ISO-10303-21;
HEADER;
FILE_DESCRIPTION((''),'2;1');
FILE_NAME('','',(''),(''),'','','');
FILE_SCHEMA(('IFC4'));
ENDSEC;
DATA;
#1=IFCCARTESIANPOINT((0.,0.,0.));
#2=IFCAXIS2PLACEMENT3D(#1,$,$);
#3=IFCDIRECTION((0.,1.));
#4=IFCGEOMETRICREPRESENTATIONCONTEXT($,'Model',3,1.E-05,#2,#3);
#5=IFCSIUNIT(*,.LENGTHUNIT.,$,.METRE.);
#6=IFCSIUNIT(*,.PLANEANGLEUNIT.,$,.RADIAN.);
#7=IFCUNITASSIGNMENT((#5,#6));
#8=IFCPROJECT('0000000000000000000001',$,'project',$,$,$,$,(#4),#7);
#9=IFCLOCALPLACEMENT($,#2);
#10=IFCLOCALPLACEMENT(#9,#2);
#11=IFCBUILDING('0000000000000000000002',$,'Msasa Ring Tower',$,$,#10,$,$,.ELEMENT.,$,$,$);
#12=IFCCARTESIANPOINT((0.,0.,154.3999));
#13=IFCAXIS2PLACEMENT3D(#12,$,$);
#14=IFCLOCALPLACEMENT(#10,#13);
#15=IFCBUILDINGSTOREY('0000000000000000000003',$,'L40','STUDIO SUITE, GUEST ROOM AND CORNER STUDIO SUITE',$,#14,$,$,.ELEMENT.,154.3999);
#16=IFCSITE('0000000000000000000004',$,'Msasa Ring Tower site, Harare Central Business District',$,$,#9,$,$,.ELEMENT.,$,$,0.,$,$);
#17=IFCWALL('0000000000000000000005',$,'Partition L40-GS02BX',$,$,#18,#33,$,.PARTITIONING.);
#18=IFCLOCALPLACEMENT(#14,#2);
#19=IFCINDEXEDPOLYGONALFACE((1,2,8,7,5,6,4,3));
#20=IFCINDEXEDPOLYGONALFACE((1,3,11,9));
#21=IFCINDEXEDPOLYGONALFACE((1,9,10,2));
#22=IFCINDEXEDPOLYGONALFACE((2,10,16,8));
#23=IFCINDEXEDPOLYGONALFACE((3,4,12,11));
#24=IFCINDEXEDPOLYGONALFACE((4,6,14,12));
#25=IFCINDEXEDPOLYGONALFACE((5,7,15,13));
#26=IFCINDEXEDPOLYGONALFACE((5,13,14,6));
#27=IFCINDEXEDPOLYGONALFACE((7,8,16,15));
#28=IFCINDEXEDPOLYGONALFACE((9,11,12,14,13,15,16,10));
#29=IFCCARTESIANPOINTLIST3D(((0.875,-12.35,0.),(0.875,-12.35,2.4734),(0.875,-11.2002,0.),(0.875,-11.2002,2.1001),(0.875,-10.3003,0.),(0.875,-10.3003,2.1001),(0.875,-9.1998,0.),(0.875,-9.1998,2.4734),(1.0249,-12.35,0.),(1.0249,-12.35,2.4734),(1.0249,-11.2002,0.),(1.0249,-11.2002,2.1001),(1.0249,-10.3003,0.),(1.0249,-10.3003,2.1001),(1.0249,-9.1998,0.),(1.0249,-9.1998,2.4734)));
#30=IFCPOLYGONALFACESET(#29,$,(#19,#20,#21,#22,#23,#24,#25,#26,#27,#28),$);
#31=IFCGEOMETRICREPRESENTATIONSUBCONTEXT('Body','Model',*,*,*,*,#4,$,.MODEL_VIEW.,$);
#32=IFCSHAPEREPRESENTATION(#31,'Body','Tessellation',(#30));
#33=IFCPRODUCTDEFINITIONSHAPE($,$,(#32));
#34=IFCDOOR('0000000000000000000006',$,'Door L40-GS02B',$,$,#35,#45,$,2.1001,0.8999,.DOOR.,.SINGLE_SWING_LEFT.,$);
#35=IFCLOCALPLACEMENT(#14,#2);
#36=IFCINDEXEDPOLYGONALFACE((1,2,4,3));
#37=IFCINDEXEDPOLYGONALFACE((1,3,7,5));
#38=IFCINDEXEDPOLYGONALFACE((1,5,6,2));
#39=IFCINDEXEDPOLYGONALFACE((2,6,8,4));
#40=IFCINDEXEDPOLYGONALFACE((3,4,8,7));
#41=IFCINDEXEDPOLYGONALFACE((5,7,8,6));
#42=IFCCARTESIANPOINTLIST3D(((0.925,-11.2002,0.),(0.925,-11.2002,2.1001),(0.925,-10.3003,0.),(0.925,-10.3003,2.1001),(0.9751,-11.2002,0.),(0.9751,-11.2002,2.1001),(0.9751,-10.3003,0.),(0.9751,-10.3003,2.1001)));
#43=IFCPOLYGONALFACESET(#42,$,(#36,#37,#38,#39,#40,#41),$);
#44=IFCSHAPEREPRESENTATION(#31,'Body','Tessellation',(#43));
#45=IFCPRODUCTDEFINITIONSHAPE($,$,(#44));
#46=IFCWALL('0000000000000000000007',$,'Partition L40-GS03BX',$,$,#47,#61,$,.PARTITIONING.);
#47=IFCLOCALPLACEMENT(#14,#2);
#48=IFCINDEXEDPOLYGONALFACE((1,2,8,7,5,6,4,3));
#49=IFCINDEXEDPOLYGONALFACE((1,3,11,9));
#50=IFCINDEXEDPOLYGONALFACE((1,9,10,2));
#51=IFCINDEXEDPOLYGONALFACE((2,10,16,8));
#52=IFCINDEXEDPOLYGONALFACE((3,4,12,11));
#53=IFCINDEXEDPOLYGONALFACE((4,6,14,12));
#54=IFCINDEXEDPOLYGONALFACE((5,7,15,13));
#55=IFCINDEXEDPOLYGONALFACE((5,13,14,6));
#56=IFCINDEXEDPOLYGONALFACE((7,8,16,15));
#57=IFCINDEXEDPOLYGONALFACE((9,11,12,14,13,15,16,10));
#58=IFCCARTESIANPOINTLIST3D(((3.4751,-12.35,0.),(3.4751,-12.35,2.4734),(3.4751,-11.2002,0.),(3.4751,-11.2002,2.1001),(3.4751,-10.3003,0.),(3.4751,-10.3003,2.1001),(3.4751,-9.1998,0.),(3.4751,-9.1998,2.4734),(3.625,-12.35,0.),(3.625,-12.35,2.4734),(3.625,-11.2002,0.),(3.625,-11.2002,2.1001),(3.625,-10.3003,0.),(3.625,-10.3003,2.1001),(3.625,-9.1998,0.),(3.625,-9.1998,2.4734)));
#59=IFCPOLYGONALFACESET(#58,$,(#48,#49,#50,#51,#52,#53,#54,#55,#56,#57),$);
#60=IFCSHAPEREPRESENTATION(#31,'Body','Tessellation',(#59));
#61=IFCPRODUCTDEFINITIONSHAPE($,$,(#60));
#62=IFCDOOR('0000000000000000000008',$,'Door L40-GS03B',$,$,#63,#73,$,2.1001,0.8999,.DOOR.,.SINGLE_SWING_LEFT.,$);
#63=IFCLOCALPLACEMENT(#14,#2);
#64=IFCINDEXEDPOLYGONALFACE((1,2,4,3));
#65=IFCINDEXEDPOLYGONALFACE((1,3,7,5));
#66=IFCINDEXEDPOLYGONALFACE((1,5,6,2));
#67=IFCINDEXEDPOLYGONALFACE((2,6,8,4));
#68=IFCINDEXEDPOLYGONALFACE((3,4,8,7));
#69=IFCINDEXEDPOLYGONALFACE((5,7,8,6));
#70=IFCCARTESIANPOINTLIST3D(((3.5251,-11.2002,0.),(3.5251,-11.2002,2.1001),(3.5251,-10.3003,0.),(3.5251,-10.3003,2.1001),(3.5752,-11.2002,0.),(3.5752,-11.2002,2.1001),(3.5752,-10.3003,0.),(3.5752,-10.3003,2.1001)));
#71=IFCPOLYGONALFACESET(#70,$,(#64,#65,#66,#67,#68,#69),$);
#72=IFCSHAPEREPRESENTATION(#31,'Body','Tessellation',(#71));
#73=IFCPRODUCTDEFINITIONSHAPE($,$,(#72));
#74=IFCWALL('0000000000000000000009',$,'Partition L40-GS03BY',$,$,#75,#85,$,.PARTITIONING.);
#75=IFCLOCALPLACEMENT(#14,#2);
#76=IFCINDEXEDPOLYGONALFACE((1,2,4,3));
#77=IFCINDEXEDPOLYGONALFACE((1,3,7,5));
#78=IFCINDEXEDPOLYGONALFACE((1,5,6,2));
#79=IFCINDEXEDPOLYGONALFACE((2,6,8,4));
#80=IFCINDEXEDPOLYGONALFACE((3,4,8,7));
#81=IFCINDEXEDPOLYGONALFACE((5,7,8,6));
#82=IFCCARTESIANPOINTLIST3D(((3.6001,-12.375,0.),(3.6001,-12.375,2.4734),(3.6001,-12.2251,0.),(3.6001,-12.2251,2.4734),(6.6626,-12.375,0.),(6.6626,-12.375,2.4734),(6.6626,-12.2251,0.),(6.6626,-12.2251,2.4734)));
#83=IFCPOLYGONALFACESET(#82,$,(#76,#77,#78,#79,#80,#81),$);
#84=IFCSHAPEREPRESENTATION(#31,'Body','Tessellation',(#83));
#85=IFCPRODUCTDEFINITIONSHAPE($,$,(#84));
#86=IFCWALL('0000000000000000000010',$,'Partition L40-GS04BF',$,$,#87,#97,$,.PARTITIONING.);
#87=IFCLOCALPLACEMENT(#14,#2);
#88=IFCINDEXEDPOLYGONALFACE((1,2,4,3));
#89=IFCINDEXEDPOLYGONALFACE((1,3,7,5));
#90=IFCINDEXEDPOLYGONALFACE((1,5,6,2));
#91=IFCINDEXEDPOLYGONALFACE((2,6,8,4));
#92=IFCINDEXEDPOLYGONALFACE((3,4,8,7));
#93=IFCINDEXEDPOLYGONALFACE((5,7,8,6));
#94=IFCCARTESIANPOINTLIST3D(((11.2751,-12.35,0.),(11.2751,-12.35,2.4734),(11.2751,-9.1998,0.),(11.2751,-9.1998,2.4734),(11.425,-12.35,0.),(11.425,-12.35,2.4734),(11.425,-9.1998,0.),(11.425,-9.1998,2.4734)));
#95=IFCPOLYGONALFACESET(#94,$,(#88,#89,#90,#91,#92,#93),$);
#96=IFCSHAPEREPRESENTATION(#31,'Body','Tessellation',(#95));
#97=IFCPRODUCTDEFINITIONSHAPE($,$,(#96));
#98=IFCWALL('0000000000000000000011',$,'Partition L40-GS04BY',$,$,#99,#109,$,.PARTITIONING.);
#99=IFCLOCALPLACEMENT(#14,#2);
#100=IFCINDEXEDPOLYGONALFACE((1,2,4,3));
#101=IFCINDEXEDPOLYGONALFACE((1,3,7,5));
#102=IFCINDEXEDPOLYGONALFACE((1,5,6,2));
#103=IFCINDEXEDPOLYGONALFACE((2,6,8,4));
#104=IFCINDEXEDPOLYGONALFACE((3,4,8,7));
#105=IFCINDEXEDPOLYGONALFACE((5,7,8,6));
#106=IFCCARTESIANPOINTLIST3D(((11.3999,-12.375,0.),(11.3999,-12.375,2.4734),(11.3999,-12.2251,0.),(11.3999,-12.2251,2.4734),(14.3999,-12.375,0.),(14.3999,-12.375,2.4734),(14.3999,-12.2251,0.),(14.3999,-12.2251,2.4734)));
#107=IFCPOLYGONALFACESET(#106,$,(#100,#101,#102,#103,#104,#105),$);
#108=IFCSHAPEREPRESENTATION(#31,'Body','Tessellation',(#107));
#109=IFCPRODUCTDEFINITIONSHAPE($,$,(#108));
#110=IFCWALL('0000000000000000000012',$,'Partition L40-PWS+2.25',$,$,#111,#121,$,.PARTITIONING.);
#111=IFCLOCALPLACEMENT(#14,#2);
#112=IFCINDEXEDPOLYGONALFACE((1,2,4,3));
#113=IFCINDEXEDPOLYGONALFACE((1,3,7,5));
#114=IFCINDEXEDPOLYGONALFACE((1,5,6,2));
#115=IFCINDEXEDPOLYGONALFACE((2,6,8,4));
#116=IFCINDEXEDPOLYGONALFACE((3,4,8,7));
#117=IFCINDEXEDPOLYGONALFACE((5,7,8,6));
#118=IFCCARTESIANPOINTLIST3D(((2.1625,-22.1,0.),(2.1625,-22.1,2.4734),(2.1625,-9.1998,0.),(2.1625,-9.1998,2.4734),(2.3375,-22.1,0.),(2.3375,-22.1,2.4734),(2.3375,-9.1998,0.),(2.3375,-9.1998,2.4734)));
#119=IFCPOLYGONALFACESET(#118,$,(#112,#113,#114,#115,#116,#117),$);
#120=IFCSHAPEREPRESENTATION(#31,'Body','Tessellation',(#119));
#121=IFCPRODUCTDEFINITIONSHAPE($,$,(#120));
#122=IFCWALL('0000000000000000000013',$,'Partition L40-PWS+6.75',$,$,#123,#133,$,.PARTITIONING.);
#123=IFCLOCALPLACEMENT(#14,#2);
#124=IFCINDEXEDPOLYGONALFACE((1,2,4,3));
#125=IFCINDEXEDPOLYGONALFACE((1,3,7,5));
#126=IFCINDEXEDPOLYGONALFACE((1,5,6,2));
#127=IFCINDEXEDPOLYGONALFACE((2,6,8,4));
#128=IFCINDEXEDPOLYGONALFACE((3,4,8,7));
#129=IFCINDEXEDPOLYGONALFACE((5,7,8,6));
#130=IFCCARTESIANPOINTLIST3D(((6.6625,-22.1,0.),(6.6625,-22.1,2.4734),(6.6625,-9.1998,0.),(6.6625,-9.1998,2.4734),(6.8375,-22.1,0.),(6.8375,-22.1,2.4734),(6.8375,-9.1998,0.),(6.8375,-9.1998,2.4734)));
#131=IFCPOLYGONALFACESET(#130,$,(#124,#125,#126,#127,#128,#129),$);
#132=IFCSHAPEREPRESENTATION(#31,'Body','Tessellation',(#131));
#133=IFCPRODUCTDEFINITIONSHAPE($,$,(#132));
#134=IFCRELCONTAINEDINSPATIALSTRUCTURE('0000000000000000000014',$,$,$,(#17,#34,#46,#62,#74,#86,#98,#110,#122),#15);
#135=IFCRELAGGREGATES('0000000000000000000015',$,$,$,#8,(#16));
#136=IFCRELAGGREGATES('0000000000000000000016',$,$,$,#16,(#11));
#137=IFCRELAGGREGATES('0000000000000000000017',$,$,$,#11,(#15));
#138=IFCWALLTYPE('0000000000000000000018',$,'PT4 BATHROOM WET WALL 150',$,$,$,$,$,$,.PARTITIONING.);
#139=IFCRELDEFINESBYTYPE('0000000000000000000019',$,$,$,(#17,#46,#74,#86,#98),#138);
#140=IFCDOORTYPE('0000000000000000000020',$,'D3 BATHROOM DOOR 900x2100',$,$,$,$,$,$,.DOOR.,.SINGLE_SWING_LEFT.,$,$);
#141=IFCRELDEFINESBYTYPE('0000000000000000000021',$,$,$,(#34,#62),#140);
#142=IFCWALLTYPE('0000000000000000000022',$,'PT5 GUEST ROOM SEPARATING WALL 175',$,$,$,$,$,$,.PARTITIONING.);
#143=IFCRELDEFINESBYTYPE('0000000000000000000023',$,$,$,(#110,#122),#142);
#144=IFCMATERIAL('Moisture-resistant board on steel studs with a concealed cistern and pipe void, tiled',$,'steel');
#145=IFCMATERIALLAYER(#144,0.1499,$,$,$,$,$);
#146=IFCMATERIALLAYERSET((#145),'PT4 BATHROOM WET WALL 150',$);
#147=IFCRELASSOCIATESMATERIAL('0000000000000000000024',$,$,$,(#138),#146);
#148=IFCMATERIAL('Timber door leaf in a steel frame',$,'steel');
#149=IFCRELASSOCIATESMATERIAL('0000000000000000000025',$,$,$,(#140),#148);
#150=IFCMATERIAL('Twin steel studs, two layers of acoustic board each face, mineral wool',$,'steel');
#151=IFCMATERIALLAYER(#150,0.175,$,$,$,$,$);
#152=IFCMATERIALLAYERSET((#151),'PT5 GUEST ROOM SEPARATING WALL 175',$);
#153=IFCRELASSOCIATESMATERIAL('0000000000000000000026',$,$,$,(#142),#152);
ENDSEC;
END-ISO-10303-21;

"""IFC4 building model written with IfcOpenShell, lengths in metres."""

from ifc_helpers import new_model, si_unit, direction, frame, frame_2d, origin, place, context, subcontext, project, spatial, rectangle, extrude, material, layer, layer_set, type_object, element, fill, save


model = new_model("IFC4")

# Units and contexts
model_context = context("Model", 3, precision=1e-05, world=origin(), true_north=direction((0.0, 1.0)))
body_context = subcontext(model_context, "Body", "Model", "MODEL_VIEW")
ifc_project = project(units=[si_unit("LENGTHUNIT", "METRE"), si_unit("PLANEANGLEUNIT", "RADIAN")], contexts=[model_context])

# Site, building, storey
site_placement = place(None, origin())
site = spatial("IfcSite", under=ifc_project, at=site_placement, Name="Msasa Ring Tower site, Harare Central Business District", CompositionType="ELEMENT", RefElevation=0.0)
building_placement = place(site_placement, origin())
building = spatial("IfcBuilding", under=site, at=building_placement, Name="Msasa Ring Tower", CompositionType="ELEMENT")
storey_placement = place(building_placement, frame((0.0, 0.0, 154.3999)))
storey = spatial("IfcBuildingStorey", under=building, at=storey_placement, Name="L40", Description="STUDIO SUITE, GUEST ROOM AND CORNER STUDIO SUITE", CompositionType="ELEMENT", Elevation=154.3999)

# Walls, openings, doors
ifc_material_1 = material(Name="Moisture-resistant board on steel studs with a concealed cistern and pipe void, tiled", Category="steel")
ifc_layer_1 = layer(ifc_material_1, 0.1499)
ifc_layer_set_1 = layer_set([ifc_layer_1], Name="PT4 BATHROOM WET WALL 150")
wall_type_1 = type_object("IfcWallType", Name="PT4 BATHROOM WET WALL 150", PredefinedType="PARTITIONING", material=ifc_layer_set_1)
wall_1_placement = place(storey_placement, frame((0.95, -12.3501, 0.0), z_axis=(0.0, 0.0, 1.0), x_axis=(0.0, 1.0, 0.0)))
wall_1 = element("IfcWall", 1, at=wall_1_placement, inside=storey, type_object=wall_type_1, Name="Partition L40-GS02BX", PredefinedType="PARTITIONING", context=body_context, shape_type="SweptSolid", body=[
    extrude(rectangle(XDim=3.1501, YDim=0.1499, at=frame_2d((1.5752, 0.0))), origin(), (0.0, 0.0, 1.0), 2.4734),
])
opening_1_placement = place(wall_1_placement, frame((1.1499, 0.0, 0.0)))
opening_1 = element("IfcOpeningElement", 2, at=opening_1_placement, cuts=wall_1, PredefinedType="OPENING", context=body_context, shape_type="SweptSolid", body=[
    extrude(rectangle(XDim=0.8999, YDim=2.1001, at=frame_2d((0.45, 1.05))), frame((0.0, 0.085, 0.0), z_axis=(0.0, -1.0, 0.0), x_axis=(1.0, 0.0, 0.0)), (0.0, 0.0, 1.0), 0.1699),
])
ifc_material_2 = material(Name="Timber door leaf in a steel frame", Category="steel")
door_type = type_object("IfcDoorType", Name="D3 BATHROOM DOOR 900x2100", OperationType="SINGLE_SWING_LEFT", PredefinedType="DOOR", material=ifc_material_2)
door_1_placement = place(opening_1_placement, origin())
door_1 = element("IfcDoor", 3, at=door_1_placement, inside=storey, type_object=door_type, Name="Door L40-GS02B", OperationType="SINGLE_SWING_LEFT", OverallHeight=2.1001, OverallWidth=0.8999, PredefinedType="DOOR", context=body_context, shape_type="SweptSolid", body=[
    extrude(rectangle(XDim=0.8999, YDim=2.1001, at=frame_2d((0.45, 1.05))), frame((0.0, 0.0249, 0.0), z_axis=(0.0, -1.0, 0.0), x_axis=(1.0, 0.0, 0.0)), (0.0, 0.0, 1.0), 0.05),
])
fill(opening_1, door_1)
wall_2_placement = place(storey_placement, frame((3.55, -12.3501, 0.0), z_axis=(0.0, 0.0, 1.0), x_axis=(0.0, 1.0, 0.0)))
wall_2 = element("IfcWall", 4, at=wall_2_placement, inside=storey, type_object=wall_type_1, Name="Partition L40-GS03BX", PredefinedType="PARTITIONING", context=body_context, shape_type="SweptSolid", body=[
    extrude(rectangle(XDim=3.1501, YDim=0.1499, at=frame_2d((1.5752, 0.0))), origin(), (0.0, 0.0, 1.0), 2.4734),
])
opening_2_placement = place(wall_2_placement, frame((1.1499, 0.0, 0.0)))
opening_2 = element("IfcOpeningElement", 5, at=opening_2_placement, cuts=wall_2, PredefinedType="OPENING", context=body_context, shape_type="SweptSolid", body=[
    extrude(rectangle(XDim=0.8999, YDim=2.1001, at=frame_2d((0.45, 1.05))), frame((0.0, 0.085, 0.0), z_axis=(0.0, -1.0, 0.0), x_axis=(1.0, 0.0, 0.0)), (0.0, 0.0, 1.0), 0.1699),
])
door_2_placement = place(opening_2_placement, origin())
door_2 = element("IfcDoor", 6, at=door_2_placement, inside=storey, type_object=door_type, Name="Door L40-GS03B", OperationType="SINGLE_SWING_LEFT", OverallHeight=2.1001, OverallWidth=0.8999, PredefinedType="DOOR", context=body_context, shape_type="SweptSolid", body=[
    extrude(rectangle(XDim=0.8999, YDim=2.1001, at=frame_2d((0.45, 1.05))), frame((0.0, 0.0249, 0.0), z_axis=(0.0, -1.0, 0.0), x_axis=(1.0, 0.0, 0.0)), (0.0, 0.0, 1.0), 0.05),
])
fill(opening_2, door_2)

# Walls
wall_3_placement = place(storey_placement, frame((3.6001, -12.3, 0.0), z_axis=(0.0, 0.0, 1.0), x_axis=(1.0, 0.0, 0.0)))
element("IfcWall", 7, at=wall_3_placement, inside=storey, type_object=wall_type_1, Name="Partition L40-GS03BY", PredefinedType="PARTITIONING", context=body_context, shape_type="SweptSolid", body=[
    extrude(rectangle(XDim=3.0625, YDim=0.1499, at=frame_2d((1.5312, 0.0))), origin(), (0.0, 0.0, 1.0), 2.4734),
])
wall_4_placement = place(storey_placement, frame((11.3501, -12.3501, 0.0), z_axis=(0.0, 0.0, 1.0), x_axis=(0.0, 1.0, 0.0)))
element("IfcWall", 8, at=wall_4_placement, inside=storey, type_object=wall_type_1, Name="Partition L40-GS04BF", PredefinedType="PARTITIONING", context=body_context, shape_type="SweptSolid", body=[
    extrude(rectangle(XDim=3.1501, YDim=0.1499, at=frame_2d((1.5752, 0.0))), origin(), (0.0, 0.0, 1.0), 2.4734),
])
wall_5_placement = place(storey_placement, frame((11.3999, -12.3, 0.0), z_axis=(0.0, 0.0, 1.0), x_axis=(1.0, 0.0, 0.0)))
element("IfcWall", 9, at=wall_5_placement, inside=storey, type_object=wall_type_1, Name="Partition L40-GS04BY", PredefinedType="PARTITIONING", context=body_context, shape_type="SweptSolid", body=[
    extrude(rectangle(XDim=3.0, YDim=0.1499, at=frame_2d((1.5, 0.0))), origin(), (0.0, 0.0, 1.0), 2.4734),
])
ifc_material_3 = material(Name="Twin steel studs, two layers of acoustic board each face, mineral wool", Category="steel")
ifc_layer_2 = layer(ifc_material_3, 0.175)
ifc_layer_set_2 = layer_set([ifc_layer_2], Name="PT5 GUEST ROOM SEPARATING WALL 175")
wall_type_2 = type_object("IfcWallType", Name="PT5 GUEST ROOM SEPARATING WALL 175", PredefinedType="PARTITIONING", material=ifc_layer_set_2)
for number, where, z_axis, x_axis, name in (
    (10, (2.25, -22.1001, 0.0), (0.0, 0.0, 1.0), (0.0, 1.0, 0.0), "Partition L40-PWS+2.25"),
    (11, (6.75, -22.1001, 0.0), (0.0, 0.0, 1.0), (0.0, 1.0, 0.0), "Partition L40-PWS+6.75"),
):
    element("IfcWall", number, at=place(storey_placement, frame(where, z_axis=z_axis, x_axis=x_axis)), inside=storey, type_object=wall_type_2, Name=name, PredefinedType="PARTITIONING", context=body_context, shape_type="SweptSolid", body=[
        extrude(rectangle(XDim=12.9001, YDim=0.175, at=frame_2d((6.4502, 0.0))), origin(), (0.0, 0.0, 1.0), 2.4734),
    ])

save(model, "model.ifc")
